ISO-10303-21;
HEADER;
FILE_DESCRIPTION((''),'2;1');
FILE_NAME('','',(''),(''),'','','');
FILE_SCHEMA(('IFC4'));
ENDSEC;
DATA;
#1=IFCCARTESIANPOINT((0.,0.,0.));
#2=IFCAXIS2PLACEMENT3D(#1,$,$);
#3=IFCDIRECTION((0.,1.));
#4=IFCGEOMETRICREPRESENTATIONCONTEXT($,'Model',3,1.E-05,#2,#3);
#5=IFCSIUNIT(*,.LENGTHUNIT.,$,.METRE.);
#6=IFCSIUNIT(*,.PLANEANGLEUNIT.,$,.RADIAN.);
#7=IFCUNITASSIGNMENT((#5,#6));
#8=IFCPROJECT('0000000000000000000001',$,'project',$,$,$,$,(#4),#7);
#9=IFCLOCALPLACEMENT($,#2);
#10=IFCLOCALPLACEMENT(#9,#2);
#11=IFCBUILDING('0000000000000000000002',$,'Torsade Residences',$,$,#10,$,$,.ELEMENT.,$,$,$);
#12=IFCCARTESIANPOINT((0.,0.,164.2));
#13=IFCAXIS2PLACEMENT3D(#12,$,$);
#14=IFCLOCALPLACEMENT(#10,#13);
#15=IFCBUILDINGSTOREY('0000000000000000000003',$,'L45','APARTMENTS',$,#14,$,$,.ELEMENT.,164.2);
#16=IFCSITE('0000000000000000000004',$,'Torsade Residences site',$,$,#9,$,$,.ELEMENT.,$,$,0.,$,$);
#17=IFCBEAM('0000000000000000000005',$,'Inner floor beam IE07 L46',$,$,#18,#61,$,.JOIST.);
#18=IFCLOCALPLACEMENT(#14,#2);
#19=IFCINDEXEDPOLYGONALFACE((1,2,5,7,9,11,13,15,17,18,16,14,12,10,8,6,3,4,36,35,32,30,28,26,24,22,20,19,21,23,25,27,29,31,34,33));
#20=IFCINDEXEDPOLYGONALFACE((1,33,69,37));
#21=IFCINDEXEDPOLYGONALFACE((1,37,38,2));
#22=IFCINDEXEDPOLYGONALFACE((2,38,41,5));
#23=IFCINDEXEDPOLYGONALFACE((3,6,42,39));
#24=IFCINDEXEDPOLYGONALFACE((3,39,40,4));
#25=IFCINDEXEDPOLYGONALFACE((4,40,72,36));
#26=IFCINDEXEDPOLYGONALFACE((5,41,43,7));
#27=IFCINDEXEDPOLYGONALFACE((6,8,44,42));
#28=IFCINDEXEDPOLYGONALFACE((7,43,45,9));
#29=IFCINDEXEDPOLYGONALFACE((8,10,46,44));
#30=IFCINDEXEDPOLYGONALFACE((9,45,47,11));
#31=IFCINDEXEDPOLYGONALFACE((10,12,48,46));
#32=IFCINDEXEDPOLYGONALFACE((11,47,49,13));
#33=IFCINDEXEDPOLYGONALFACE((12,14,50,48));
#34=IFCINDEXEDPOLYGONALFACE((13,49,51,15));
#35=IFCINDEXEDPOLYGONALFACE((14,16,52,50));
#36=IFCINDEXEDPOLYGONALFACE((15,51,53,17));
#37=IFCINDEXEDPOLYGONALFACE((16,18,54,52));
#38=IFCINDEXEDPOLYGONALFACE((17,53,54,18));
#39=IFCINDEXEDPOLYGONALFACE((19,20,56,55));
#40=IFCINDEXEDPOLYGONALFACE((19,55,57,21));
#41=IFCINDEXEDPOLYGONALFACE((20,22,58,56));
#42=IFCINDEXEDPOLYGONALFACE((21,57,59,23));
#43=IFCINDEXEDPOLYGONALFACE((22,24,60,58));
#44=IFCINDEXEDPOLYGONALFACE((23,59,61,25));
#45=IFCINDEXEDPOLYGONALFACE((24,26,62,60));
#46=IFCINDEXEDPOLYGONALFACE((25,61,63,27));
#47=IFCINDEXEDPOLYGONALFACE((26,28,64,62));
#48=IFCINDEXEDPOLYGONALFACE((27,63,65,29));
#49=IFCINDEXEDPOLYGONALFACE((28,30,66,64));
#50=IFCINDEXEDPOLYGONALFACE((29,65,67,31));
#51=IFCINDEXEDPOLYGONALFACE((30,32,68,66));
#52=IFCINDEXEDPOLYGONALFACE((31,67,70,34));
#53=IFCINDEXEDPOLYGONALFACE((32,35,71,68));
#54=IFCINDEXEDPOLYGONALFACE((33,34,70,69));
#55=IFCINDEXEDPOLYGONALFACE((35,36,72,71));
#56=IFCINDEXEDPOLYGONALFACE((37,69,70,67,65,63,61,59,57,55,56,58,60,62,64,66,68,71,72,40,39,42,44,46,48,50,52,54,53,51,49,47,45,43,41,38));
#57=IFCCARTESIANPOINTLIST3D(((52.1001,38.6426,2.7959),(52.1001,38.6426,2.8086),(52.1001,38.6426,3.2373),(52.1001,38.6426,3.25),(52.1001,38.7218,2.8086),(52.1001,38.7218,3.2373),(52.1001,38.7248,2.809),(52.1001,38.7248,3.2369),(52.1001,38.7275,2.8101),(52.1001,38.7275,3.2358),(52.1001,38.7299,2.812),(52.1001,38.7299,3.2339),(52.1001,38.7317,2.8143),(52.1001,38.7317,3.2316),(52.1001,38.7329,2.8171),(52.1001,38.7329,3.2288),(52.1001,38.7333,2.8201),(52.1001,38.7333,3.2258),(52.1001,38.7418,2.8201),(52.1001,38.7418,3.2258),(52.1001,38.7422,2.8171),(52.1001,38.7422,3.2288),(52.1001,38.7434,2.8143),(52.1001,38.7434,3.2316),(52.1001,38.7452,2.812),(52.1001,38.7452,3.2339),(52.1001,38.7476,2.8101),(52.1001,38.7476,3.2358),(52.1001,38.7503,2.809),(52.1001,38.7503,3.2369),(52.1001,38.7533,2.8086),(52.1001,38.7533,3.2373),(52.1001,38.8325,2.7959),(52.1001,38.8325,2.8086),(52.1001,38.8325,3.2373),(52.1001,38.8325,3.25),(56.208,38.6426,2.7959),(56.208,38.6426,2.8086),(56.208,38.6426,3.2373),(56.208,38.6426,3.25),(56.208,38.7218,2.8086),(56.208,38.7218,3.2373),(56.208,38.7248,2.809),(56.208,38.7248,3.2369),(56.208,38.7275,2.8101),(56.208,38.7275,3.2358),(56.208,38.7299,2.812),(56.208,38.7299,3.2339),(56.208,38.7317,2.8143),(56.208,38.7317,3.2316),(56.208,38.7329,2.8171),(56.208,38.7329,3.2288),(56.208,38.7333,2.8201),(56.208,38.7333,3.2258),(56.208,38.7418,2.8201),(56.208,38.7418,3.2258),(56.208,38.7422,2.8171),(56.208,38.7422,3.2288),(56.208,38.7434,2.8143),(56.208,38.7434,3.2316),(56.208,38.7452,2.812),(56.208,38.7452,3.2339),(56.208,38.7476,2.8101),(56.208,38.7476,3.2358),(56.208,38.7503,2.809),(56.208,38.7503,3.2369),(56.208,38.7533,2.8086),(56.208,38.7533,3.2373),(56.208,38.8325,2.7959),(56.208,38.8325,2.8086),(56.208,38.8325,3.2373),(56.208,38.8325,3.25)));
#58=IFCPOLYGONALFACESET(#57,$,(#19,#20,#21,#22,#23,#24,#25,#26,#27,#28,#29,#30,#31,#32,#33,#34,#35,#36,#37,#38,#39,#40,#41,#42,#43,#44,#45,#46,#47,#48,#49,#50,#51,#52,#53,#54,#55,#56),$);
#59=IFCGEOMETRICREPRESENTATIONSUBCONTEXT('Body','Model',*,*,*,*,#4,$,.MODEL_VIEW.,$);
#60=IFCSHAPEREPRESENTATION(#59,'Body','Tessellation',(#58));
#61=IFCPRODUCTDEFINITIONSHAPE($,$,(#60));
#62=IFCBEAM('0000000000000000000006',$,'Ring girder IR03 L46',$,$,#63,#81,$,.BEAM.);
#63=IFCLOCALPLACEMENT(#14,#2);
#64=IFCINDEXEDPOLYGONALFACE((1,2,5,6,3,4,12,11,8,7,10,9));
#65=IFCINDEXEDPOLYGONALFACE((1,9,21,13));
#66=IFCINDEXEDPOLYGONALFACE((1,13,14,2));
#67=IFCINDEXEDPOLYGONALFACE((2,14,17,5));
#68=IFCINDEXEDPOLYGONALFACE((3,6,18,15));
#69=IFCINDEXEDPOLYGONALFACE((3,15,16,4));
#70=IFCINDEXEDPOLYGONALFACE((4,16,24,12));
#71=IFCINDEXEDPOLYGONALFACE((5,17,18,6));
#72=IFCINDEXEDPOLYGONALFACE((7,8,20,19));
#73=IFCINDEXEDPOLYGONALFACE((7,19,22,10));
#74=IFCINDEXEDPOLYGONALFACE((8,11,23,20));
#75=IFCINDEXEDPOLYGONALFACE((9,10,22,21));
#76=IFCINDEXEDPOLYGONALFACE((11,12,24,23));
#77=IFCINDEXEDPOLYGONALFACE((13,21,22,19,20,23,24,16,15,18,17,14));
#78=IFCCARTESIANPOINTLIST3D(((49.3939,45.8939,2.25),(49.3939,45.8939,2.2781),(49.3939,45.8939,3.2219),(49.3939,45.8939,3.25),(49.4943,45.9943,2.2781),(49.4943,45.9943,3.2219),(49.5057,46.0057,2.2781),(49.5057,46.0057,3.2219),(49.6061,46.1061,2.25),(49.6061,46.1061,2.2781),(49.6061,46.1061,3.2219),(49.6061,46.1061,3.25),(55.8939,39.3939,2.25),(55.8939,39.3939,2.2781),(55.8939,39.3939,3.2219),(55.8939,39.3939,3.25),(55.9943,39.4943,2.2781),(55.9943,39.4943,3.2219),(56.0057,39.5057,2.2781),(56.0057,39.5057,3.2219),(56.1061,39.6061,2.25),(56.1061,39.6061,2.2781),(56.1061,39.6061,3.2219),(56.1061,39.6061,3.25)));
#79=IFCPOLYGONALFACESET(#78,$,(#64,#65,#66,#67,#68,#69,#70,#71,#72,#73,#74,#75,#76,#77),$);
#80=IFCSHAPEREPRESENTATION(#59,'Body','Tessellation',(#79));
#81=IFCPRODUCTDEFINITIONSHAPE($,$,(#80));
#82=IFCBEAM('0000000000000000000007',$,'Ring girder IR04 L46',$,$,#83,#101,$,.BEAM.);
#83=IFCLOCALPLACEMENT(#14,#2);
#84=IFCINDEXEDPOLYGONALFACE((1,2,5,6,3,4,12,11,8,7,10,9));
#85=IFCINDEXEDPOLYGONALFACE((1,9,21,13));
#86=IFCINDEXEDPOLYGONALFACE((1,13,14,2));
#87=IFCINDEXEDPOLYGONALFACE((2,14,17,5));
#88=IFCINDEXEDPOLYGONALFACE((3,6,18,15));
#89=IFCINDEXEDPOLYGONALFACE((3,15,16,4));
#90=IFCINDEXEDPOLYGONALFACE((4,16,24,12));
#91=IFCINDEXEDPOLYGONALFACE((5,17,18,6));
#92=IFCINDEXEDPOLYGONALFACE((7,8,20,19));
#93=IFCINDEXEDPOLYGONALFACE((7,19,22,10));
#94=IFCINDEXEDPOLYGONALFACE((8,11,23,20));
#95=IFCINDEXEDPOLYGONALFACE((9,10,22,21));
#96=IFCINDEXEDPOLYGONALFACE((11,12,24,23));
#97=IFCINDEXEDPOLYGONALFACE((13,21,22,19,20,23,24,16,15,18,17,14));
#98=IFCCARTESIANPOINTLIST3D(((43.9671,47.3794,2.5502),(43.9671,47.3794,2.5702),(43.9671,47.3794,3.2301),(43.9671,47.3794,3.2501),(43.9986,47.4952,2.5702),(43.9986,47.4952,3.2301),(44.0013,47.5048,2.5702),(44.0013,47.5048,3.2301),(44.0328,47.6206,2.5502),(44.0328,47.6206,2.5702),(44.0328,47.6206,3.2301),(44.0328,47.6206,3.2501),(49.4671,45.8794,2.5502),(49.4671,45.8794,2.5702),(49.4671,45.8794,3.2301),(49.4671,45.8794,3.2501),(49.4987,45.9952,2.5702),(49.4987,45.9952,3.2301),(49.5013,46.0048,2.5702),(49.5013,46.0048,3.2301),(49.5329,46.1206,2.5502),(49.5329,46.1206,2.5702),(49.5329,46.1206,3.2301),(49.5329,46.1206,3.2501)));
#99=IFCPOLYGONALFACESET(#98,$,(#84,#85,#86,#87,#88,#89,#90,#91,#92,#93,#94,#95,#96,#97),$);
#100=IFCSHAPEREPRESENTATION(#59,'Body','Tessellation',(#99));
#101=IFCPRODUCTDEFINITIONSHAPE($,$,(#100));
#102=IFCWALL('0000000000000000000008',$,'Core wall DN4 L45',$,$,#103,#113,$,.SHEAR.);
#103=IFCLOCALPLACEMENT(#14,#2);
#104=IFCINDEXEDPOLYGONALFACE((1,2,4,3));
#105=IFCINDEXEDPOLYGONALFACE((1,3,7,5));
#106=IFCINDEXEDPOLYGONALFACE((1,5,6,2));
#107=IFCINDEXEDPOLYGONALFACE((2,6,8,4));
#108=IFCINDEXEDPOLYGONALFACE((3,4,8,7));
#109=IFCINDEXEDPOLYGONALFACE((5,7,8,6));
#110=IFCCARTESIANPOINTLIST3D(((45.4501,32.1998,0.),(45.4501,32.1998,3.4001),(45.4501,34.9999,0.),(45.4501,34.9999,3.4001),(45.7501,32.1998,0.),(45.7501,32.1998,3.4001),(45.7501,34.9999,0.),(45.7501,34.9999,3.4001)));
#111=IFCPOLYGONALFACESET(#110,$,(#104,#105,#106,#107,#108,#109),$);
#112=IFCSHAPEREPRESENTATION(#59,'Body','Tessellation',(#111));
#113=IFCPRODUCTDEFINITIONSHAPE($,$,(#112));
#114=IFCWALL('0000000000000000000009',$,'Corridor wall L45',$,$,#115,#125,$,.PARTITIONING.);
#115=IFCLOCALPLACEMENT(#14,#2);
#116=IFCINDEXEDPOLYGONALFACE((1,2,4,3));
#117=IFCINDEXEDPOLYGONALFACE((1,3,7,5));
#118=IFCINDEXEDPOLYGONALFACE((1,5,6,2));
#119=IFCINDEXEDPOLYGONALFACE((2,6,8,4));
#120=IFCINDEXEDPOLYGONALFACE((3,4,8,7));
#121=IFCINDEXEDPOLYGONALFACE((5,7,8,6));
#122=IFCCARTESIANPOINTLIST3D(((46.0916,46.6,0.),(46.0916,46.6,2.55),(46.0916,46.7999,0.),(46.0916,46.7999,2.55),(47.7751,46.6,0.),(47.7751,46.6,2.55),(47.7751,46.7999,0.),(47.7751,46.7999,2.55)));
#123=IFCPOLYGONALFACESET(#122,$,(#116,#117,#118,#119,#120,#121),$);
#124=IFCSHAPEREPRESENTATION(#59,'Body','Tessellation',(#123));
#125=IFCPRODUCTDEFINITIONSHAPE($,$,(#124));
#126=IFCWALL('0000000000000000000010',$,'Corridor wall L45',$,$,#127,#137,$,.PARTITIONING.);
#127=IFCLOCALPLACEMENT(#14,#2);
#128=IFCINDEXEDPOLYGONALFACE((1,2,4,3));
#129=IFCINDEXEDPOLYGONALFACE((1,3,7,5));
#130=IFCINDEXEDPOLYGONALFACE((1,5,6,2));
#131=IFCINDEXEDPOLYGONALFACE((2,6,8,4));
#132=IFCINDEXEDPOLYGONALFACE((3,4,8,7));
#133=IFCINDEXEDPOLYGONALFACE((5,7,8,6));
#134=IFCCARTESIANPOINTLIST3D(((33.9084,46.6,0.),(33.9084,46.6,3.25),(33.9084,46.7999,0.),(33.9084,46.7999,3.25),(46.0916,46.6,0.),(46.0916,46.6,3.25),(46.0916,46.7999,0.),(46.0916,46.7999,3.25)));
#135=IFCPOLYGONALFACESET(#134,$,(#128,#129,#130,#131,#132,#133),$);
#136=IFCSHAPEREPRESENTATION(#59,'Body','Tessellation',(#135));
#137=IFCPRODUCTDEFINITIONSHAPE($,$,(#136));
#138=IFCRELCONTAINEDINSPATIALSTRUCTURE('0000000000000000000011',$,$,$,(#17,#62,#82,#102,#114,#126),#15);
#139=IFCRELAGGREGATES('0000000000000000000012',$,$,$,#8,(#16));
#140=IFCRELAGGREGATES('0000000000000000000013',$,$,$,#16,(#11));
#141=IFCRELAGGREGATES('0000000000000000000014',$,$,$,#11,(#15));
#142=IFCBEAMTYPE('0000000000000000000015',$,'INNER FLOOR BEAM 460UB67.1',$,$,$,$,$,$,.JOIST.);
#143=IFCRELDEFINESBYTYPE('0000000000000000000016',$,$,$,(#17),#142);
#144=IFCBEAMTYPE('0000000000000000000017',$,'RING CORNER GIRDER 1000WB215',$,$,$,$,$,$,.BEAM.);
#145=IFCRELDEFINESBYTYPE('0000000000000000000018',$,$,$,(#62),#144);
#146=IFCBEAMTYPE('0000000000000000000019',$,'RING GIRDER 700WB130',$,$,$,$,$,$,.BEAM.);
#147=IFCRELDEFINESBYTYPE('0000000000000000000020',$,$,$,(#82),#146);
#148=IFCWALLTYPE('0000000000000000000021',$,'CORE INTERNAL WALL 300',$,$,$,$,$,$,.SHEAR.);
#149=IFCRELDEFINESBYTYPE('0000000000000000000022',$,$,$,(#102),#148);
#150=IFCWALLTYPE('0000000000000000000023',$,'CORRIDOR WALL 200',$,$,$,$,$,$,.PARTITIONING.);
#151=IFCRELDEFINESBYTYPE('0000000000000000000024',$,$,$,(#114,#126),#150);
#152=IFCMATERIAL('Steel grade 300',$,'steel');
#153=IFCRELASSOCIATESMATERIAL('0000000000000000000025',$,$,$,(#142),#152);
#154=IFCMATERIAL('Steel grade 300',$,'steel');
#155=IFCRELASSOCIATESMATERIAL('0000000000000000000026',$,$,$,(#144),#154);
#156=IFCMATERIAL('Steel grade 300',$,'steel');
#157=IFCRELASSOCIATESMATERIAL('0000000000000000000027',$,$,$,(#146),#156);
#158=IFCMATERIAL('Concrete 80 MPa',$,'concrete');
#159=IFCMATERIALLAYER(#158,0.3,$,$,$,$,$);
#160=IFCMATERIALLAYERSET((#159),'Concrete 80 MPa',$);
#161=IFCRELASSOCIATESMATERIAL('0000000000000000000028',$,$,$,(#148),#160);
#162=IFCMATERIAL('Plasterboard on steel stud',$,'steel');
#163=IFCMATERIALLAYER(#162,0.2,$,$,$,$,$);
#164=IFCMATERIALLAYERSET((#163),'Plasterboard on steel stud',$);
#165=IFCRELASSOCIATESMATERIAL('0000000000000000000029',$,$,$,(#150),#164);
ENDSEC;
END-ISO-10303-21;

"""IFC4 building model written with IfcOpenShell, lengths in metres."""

from ifc_helpers import new_model, si_unit, direction, frame, frame_2d, origin, origin_2d, place, context, subcontext, project, spatial, rectangle, i_section, extrude, material, layer, layer_set, material_profile, profile_set, type_object, element, save


model = new_model("IFC4")

# Units and contexts
model_context = context("Model", 3, precision=1e-05, world=origin(), true_north=direction((0.0, 1.0)))
body_context = subcontext(model_context, "Body", "Model", "MODEL_VIEW")
ifc_project = project(units=[si_unit("LENGTHUNIT", "METRE"), si_unit("PLANEANGLEUNIT", "RADIAN")], contexts=[model_context])

# Site, building, storey
site_placement = place(None, origin())
site = spatial("IfcSite", under=ifc_project, at=site_placement, Name="Torsade Residences site", CompositionType="ELEMENT", RefElevation=0.0)
building_placement = place(site_placement, origin())
building = spatial("IfcBuilding", under=site, at=building_placement, Name="Torsade Residences", CompositionType="ELEMENT")
storey_placement = place(building_placement, frame((0.0, 0.0, 164.2)))
storey = spatial("IfcBuildingStorey", under=building, at=storey_placement, Name="L45", Description="APARTMENTS", CompositionType="ELEMENT", Elevation=164.2)

# Beams
ifc_material_1 = material(Name="Steel grade 300", Category="steel")
ifc_material_profile_1 = material_profile(ifc_material_1, i_section(OverallWidth=0.1899, OverallDepth=0.4541, WebThickness=0.0085, FlangeThickness=0.0127, FilletRadius=0.0115, at=origin_2d()), Name="460UB67.1")
ifc_profile_set_1 = profile_set([ifc_material_profile_1], Name="Steel grade 300")
beam_type_1 = type_object("IfcBeamType", Name="INNER FLOOR BEAM 460UB67.1", PredefinedType="JOIST", material=ifc_profile_set_1)
beam_1_placement = place(storey_placement, frame((52.1001, 38.7375, 3.0229), z_axis=(1.0, 0.0, 0.0), x_axis=(0.0, 1.0, 0.0)))
element("IfcBeam", 1, at=beam_1_placement, inside=storey, type_object=beam_type_1, Name="Inner floor beam IE07 L46", PredefinedType="JOIST", context=body_context, shape_type="SweptSolid", body=[
    extrude(i_section(OverallWidth=0.1899, OverallDepth=0.4541, WebThickness=0.0085, FlangeThickness=0.0127, FilletRadius=0.0115, at=origin_2d()), origin(), (0.0, 0.0, 1.0), 4.1079),
])
ifc_material_2 = material(Name="Steel grade 300", Category="steel")
ifc_material_profile_2 = material_profile(ifc_material_2, i_section(OverallWidth=0.3, OverallDepth=1.0, WebThickness=0.0161, FlangeThickness=0.0281, at=origin_2d()), Name="1000WB215")
ifc_profile_set_2 = profile_set([ifc_material_profile_2], Name="Steel grade 300")
beam_type_2 = type_object("IfcBeamType", Name="RING CORNER GIRDER 1000WB215", PredefinedType="BEAM", material=ifc_profile_set_2)
beam_2_placement = place(storey_placement, frame((56.0, 39.5, 2.75), z_axis=(-0.707107, 0.707107, 0.0), x_axis=(-0.707107, -0.707107, 0.0)))
element("IfcBeam", 2, at=beam_2_placement, inside=storey, type_object=beam_type_2, Name="Ring girder IR03 L46", PredefinedType="BEAM", context=body_context, shape_type="SweptSolid", body=[
    extrude(i_section(OverallWidth=0.3, OverallDepth=1.0, WebThickness=0.0161, FlangeThickness=0.0281, at=origin_2d()), origin(), (0.0, 0.0, 1.0), 9.1924),
])
ifc_material_3 = material(Name="Steel grade 300", Category="steel")
ifc_material_profile_3 = material_profile(ifc_material_3, i_section(OverallWidth=0.25, OverallDepth=0.7, WebThickness=0.01, FlangeThickness=0.02, at=origin_2d()), Name="700WB130")
ifc_profile_set_3 = profile_set([ifc_material_profile_3], Name="Steel grade 300")
beam_type_3 = type_object("IfcBeamType", Name="RING GIRDER 700WB130", PredefinedType="BEAM", material=ifc_profile_set_3)
beam_3_placement = place(storey_placement, frame((49.5, 46.0, 2.9001), z_axis=(-0.964764, 0.263117, 0.0), x_axis=(-0.263117, -0.964764, 0.0)))
element("IfcBeam", 3, at=beam_3_placement, inside=storey, type_object=beam_type_3, Name="Ring girder IR04 L46", PredefinedType="BEAM", context=body_context, shape_type="SweptSolid", body=[
    extrude(i_section(OverallWidth=0.25, OverallDepth=0.7, WebThickness=0.01, FlangeThickness=0.02, at=origin_2d()), origin(), (0.0, 0.0, 1.0), 5.7009),
])

# Walls
ifc_material_4 = material(Name="Concrete 80 MPa", Category="concrete")
ifc_layer_1 = layer(ifc_material_4, 0.3)
ifc_layer_set_1 = layer_set([ifc_layer_1], Name="Concrete 80 MPa")
wall_type_1 = type_object("IfcWallType", Name="CORE INTERNAL WALL 300", PredefinedType="SHEAR", material=ifc_layer_set_1)
wall_1_placement = place(storey_placement, frame((45.6001, 32.2, 0.0), z_axis=(0.0, 0.0, 1.0), x_axis=(0.0, 1.0, 0.0)))
element("IfcWall", 4, at=wall_1_placement, inside=storey, type_object=wall_type_1, Name="Core wall DN4 L45", PredefinedType="SHEAR", context=body_context, shape_type="SweptSolid", body=[
    extrude(rectangle(XDim=2.8, YDim=0.3, at=frame_2d((1.3999, 0.0))), origin(), (0.0, 0.0, 1.0), 3.4001),
])
ifc_material_5 = material(Name="Plasterboard on steel stud", Category="steel")
ifc_layer_2 = layer(ifc_material_5, 0.2)
ifc_layer_set_2 = layer_set([ifc_layer_2], Name="Plasterboard on steel stud")
wall_type_2 = type_object("IfcWallType", Name="CORRIDOR WALL 200", PredefinedType="PARTITIONING", material=ifc_layer_set_2)
wall_2_placement = place(storey_placement, frame((47.7751, 46.7, 0.0), z_axis=(0.0, 0.0, 1.0), x_axis=(-1.0, 0.0, 0.0)))
element("IfcWall", 5, at=wall_2_placement, inside=storey, type_object=wall_type_2, Name="Corridor wall L45", PredefinedType="PARTITIONING", context=body_context, shape_type="SweptSolid", body=[
    extrude(rectangle(XDim=1.6836, YDim=0.2, at=frame_2d((0.8418, 0.0))), origin(), (0.0, 0.0, 1.0), 2.55),
])
wall_3_placement = place(storey_placement, frame((46.0916, 46.7, 0.0), z_axis=(0.0, 0.0, 1.0), x_axis=(-1.0, 0.0, 0.0)))
element("IfcWall", 6, at=wall_3_placement, inside=storey, type_object=wall_type_2, Name="Corridor wall L45", PredefinedType="PARTITIONING", context=body_context, shape_type="SweptSolid", body=[
    extrude(rectangle(XDim=12.1831, YDim=0.2, at=frame_2d((6.0916, 0.0))), origin(), (0.0, 0.0, 1.0), 3.25),
])

save(model, "model.ifc")
